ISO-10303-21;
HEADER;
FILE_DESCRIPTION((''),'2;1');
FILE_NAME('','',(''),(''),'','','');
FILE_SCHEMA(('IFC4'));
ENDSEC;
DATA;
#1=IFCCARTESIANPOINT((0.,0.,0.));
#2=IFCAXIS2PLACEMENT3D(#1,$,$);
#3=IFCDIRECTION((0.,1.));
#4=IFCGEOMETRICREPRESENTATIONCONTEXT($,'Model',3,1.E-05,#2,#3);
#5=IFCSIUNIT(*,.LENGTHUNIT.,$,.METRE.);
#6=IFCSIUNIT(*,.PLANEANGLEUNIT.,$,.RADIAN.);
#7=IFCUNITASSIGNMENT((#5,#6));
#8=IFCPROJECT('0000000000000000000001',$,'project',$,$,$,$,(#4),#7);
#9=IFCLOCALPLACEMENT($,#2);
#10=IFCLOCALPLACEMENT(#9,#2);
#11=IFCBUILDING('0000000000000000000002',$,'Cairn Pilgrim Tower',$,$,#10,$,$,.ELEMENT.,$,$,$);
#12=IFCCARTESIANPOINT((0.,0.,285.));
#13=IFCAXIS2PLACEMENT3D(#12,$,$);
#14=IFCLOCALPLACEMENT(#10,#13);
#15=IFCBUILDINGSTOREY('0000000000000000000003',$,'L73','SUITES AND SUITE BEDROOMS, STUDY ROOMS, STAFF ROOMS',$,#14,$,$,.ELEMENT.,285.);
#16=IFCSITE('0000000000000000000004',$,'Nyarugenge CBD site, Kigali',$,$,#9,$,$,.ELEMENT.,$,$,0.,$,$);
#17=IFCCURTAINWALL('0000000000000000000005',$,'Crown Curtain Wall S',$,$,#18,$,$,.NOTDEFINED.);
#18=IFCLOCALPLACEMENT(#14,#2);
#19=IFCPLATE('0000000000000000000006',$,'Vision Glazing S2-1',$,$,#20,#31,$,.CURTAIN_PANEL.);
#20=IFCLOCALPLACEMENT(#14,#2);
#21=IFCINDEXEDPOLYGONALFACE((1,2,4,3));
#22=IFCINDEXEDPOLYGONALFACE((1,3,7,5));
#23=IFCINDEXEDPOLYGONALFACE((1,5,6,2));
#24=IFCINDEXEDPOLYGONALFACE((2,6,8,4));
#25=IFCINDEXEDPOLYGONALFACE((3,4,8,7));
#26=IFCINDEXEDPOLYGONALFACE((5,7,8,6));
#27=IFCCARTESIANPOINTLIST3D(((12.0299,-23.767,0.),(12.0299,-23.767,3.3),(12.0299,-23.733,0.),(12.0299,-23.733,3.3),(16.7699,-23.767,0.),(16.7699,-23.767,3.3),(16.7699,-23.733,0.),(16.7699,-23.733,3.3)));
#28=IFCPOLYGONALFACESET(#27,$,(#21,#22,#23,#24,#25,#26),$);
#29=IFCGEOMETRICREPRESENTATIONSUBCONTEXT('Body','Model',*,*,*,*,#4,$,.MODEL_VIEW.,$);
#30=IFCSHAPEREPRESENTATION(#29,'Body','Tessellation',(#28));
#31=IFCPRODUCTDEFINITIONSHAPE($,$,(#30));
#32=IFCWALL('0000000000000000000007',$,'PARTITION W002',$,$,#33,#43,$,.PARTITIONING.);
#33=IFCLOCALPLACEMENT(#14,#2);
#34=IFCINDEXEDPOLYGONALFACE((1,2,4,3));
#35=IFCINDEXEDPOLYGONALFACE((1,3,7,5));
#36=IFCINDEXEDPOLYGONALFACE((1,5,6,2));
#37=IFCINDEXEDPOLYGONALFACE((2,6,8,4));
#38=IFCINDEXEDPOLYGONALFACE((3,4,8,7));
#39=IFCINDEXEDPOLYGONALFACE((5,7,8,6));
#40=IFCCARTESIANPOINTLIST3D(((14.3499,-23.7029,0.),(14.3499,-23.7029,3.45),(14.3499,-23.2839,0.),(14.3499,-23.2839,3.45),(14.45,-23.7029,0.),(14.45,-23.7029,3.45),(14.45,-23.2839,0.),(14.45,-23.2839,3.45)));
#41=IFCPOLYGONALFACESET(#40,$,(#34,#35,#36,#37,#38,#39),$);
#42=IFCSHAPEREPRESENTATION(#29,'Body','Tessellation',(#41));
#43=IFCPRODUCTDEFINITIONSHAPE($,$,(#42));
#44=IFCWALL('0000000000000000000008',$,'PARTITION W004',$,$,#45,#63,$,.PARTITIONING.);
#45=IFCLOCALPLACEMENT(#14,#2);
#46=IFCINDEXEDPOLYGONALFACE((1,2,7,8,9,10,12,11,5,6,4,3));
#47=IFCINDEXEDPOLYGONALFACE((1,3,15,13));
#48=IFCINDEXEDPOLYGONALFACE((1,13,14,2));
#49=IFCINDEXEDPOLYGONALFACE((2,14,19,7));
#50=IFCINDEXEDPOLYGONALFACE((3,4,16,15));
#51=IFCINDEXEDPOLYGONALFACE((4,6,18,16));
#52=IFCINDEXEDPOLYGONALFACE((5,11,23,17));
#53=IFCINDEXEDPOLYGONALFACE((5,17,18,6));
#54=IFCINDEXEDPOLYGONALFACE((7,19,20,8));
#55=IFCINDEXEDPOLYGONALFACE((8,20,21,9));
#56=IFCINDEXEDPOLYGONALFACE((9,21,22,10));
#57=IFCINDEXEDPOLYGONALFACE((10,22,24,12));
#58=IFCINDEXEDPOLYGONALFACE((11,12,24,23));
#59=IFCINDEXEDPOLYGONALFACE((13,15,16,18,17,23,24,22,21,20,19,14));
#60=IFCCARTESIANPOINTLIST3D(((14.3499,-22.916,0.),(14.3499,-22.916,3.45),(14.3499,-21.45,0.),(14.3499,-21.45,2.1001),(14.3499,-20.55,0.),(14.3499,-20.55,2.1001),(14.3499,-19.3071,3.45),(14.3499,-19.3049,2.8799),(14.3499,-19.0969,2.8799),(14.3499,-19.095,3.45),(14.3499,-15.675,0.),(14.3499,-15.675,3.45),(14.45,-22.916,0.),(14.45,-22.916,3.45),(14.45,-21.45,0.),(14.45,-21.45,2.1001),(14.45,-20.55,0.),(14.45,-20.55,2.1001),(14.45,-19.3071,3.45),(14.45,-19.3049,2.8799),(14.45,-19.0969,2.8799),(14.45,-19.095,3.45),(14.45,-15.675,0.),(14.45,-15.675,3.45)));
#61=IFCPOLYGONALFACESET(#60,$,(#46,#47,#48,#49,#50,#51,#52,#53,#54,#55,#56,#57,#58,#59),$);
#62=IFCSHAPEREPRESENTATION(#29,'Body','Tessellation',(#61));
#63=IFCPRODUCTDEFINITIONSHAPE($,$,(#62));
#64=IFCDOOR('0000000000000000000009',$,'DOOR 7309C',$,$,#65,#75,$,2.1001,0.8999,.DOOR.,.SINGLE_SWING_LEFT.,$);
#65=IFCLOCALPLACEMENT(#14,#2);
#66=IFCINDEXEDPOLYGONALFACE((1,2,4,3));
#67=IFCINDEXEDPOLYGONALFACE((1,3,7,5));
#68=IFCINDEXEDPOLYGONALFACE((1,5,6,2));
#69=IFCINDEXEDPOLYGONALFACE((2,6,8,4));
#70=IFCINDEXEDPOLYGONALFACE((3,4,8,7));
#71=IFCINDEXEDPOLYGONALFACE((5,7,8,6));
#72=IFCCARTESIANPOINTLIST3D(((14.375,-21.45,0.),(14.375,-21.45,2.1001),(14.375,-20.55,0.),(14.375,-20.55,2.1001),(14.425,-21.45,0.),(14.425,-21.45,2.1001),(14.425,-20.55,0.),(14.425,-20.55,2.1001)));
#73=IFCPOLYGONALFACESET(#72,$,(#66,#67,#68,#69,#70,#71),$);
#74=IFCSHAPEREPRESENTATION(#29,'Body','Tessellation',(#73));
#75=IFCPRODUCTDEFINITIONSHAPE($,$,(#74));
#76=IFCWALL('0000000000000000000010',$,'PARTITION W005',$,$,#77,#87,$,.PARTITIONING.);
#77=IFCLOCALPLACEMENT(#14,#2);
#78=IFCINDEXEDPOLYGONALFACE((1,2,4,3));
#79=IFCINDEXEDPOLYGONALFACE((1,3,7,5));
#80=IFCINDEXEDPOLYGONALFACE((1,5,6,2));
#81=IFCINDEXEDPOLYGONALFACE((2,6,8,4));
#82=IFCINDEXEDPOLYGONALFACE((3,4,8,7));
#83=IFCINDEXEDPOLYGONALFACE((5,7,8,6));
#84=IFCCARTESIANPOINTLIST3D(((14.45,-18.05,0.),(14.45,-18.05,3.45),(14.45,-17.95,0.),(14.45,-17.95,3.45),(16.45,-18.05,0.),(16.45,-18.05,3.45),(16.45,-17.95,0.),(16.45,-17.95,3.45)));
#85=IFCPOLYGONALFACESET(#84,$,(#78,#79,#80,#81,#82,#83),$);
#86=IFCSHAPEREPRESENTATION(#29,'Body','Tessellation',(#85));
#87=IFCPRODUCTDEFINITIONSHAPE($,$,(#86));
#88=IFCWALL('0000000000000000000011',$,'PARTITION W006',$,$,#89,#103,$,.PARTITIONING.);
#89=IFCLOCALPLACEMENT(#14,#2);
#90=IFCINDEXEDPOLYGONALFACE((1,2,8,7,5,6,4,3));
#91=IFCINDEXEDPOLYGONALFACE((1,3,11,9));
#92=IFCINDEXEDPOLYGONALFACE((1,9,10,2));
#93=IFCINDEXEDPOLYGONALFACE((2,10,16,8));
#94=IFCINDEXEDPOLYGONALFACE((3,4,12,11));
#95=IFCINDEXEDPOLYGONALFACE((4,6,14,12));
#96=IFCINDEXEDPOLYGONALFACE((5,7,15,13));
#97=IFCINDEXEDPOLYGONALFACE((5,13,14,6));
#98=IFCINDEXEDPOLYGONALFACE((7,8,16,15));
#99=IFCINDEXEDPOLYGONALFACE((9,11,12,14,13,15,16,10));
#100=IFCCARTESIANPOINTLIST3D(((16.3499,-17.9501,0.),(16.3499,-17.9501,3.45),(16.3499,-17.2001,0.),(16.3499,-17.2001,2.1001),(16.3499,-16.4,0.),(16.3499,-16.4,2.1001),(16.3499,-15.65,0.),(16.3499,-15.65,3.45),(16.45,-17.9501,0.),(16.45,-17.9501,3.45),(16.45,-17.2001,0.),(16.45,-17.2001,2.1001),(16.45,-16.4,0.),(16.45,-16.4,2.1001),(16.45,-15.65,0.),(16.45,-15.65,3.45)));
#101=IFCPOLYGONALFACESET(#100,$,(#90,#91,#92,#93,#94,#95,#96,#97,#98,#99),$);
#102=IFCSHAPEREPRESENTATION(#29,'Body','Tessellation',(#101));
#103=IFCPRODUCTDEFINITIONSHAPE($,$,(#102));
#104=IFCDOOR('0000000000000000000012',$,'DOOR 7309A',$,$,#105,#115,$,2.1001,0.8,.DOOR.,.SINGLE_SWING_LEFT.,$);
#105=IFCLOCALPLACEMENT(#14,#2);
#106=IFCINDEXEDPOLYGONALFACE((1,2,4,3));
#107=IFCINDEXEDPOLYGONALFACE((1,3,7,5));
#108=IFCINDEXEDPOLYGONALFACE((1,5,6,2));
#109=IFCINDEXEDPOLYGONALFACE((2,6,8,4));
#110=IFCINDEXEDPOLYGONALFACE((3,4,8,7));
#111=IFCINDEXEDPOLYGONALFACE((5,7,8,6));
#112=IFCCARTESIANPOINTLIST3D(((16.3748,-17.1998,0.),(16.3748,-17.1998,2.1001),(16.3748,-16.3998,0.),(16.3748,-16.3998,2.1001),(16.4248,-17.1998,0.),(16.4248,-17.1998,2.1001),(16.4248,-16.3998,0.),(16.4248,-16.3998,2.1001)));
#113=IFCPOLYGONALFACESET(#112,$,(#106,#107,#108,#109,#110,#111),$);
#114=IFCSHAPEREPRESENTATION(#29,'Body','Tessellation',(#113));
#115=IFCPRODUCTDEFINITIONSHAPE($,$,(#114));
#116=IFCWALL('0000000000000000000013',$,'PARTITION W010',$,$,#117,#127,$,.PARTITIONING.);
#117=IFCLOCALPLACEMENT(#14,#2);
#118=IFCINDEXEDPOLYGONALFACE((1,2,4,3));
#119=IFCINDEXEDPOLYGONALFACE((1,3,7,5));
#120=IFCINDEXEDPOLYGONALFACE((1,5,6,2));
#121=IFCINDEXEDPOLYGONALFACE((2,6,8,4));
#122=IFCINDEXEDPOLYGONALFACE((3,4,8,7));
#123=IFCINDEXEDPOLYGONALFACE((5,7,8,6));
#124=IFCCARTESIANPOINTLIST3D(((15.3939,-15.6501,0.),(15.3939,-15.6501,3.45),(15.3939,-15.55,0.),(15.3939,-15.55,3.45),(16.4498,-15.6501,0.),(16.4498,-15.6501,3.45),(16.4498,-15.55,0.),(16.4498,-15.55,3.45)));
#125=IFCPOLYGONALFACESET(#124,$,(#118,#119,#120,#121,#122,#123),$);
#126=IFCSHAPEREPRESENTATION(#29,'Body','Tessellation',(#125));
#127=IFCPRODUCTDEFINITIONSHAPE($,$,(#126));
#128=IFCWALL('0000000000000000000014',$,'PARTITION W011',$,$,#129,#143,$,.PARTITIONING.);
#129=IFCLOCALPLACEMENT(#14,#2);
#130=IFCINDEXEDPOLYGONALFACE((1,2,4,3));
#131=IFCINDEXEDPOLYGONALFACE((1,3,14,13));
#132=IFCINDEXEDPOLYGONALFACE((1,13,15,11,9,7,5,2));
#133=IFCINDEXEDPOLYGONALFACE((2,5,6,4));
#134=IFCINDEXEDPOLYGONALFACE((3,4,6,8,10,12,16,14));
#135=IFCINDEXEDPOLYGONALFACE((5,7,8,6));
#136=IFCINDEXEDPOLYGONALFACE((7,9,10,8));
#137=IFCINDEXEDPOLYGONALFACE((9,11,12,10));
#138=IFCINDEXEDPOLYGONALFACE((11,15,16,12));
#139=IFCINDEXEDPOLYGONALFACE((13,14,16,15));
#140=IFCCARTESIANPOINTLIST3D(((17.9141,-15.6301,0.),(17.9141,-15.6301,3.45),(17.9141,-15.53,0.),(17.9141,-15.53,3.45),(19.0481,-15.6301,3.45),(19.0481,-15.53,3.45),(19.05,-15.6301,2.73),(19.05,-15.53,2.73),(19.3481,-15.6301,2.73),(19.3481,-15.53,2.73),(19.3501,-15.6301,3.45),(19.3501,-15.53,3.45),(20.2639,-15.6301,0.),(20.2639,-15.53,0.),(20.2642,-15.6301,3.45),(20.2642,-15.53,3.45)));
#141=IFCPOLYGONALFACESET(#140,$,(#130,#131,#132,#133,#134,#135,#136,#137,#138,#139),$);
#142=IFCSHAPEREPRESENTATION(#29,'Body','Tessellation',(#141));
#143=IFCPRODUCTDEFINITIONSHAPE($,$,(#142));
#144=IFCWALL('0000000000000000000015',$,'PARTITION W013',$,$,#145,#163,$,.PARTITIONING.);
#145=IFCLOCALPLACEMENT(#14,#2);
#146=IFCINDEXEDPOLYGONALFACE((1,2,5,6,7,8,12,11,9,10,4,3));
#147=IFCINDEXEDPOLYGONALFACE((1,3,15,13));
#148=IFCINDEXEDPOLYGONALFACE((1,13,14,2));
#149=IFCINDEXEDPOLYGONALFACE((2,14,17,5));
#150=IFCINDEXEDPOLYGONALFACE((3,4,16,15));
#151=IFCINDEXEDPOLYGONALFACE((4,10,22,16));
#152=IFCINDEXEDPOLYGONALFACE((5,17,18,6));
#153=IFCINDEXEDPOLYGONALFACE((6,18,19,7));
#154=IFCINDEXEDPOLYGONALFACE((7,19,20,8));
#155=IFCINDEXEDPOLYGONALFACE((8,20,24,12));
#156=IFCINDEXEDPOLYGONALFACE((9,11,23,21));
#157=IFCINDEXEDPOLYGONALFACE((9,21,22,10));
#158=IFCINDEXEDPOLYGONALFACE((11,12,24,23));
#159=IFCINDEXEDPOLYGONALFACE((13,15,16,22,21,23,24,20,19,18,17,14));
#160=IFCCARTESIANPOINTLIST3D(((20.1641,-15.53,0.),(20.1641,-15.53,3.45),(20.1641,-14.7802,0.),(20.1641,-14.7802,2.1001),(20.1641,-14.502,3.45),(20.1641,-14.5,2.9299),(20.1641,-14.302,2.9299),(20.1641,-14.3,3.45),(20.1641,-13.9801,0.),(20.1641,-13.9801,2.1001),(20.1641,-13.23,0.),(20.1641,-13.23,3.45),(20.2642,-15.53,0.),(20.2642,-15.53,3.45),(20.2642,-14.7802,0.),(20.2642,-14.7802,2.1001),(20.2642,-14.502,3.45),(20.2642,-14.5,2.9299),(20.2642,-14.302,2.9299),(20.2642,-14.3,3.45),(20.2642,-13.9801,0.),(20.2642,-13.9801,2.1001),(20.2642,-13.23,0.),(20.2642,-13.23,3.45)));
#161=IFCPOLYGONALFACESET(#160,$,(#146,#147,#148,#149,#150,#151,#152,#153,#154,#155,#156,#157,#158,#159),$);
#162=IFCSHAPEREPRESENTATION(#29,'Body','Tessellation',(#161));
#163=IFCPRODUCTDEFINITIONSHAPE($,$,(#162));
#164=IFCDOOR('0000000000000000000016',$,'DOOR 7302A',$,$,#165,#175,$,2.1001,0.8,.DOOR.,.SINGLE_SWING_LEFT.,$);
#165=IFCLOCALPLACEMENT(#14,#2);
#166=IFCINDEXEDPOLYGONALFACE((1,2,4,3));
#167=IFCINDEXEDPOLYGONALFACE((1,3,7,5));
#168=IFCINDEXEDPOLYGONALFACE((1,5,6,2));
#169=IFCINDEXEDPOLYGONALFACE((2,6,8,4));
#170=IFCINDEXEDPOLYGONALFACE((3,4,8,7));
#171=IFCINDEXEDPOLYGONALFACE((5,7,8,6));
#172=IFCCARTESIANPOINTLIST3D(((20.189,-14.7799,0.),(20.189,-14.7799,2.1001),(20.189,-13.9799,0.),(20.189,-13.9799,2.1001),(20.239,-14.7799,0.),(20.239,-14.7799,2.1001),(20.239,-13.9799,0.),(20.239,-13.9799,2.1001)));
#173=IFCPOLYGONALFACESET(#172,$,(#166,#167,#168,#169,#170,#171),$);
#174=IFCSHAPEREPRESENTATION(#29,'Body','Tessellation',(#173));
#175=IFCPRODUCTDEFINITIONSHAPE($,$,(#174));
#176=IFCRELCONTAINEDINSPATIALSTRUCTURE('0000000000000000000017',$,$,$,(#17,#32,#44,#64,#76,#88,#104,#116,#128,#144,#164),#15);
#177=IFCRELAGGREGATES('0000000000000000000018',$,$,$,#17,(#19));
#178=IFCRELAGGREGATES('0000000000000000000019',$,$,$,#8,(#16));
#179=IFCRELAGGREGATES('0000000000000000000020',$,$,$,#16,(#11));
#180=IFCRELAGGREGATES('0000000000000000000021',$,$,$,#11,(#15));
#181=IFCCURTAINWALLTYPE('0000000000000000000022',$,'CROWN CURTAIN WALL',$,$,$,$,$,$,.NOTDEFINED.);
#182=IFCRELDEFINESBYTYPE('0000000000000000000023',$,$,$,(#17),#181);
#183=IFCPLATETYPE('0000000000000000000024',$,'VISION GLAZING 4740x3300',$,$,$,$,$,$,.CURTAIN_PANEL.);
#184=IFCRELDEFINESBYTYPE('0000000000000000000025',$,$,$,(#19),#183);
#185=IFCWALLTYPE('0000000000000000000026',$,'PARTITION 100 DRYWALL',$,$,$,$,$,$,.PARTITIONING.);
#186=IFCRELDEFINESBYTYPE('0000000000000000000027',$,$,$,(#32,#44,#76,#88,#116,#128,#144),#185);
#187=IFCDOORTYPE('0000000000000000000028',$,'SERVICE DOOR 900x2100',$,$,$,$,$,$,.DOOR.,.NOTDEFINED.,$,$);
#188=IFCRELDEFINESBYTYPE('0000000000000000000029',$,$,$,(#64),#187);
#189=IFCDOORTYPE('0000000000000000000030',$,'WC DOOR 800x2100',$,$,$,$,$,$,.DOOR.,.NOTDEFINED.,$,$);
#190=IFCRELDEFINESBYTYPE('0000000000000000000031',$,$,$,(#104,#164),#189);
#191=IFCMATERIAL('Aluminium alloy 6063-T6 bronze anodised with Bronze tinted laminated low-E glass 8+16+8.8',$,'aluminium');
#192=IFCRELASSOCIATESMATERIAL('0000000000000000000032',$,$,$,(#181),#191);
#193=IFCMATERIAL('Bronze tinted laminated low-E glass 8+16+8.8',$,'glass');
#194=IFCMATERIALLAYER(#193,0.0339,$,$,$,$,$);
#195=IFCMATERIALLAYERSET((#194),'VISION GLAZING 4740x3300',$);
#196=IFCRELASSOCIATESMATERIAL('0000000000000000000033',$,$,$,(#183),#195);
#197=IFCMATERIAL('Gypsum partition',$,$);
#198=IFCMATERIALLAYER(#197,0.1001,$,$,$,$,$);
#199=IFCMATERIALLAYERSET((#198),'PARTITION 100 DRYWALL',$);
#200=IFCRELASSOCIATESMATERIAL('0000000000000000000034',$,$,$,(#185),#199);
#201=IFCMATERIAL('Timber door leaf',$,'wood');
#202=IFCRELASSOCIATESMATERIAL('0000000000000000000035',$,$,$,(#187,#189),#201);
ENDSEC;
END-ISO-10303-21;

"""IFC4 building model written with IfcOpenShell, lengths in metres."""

from ifc_helpers import new_model, si_unit, direction, frame, frame_2d, origin, origin_2d, place, context, subcontext, project, spatial, polyline, rectangle, outline, extrude, material, layer, layer_set, type_object, element, fill, aggregate, save


model = new_model("IFC4")

# Units and contexts
model_context = context("Model", 3, precision=1e-05, world=origin(), true_north=direction((0.0, 1.0)))
body_context = subcontext(model_context, "Body", "Model", "MODEL_VIEW")
ifc_project = project(units=[si_unit("LENGTHUNIT", "METRE"), si_unit("PLANEANGLEUNIT", "RADIAN")], contexts=[model_context])

# Site, building, storey
site_placement = place(None, origin())
site = spatial("IfcSite", under=ifc_project, at=site_placement, Name="Nyarugenge CBD site, Kigali", CompositionType="ELEMENT", RefElevation=0.0)
building_placement = place(site_placement, origin())
building = spatial("IfcBuilding", under=site, at=building_placement, Name="Cairn Pilgrim Tower", CompositionType="ELEMENT")
storey_placement = place(building_placement, frame((0.0, 0.0, 285.0)))
storey = spatial("IfcBuildingStorey", under=building, at=storey_placement, Name="L73", Description="SUITES AND SUITE BEDROOMS, STUDY ROOMS, STAFF ROOMS", CompositionType="ELEMENT", Elevation=285.0)

# Curtain wall
ifc_material_1 = material(Name="Aluminium alloy 6063-T6 bronze anodised with Bronze tinted laminated low-E glass 8+16+8.8", Category="aluminium")
curtain_wall_type = type_object("IfcCurtainWallType", Name="CROWN CURTAIN WALL", PredefinedType="NOTDEFINED", material=ifc_material_1)
curtain_wall_placement = place(storey_placement, origin())
curtain_wall = element("IfcCurtainWall", 1, at=curtain_wall_placement, inside=storey, type_object=curtain_wall_type, Name="Crown Curtain Wall S", PredefinedType="NOTDEFINED")

# Plate
ifc_material_2 = material(Name="Bronze tinted laminated low-E glass 8+16+8.8", Category="glass")
ifc_layer_1 = layer(ifc_material_2, 0.0339)
ifc_layer_set_1 = layer_set([ifc_layer_1], Name="VISION GLAZING 4740x3300")
plate_type_1 = type_object("IfcPlateType", Name="VISION GLAZING 4740x3300", PredefinedType="CURTAIN_PANEL", material=ifc_layer_set_1)
plate_1_placement = place(storey_placement, frame((14.3999, -23.75, 0.0), z_axis=(0.0, 0.0, 1.0), x_axis=(1.0, 0.0, 0.0)))
plate_1 = element("IfcPlate", 2, at=plate_1_placement, type_object=plate_type_1, Name="Vision Glazing S2-1", PredefinedType="CURTAIN_PANEL", context=body_context, shape_type="SweptSolid", body=[
    extrude(rectangle(XDim=4.74, YDim=0.0339, at=origin_2d()), origin(), (0.0, 0.0, 1.0), 3.3),
])
aggregate(curtain_wall, [plate_1])

# Wall
ifc_material_3 = material(Name="Gypsum partition")
ifc_layer_2 = layer(ifc_material_3, 0.1001)
ifc_layer_set_2 = layer_set([ifc_layer_2], Name="PARTITION 100 DRYWALL")
wall_type_1 = type_object("IfcWallType", Name="PARTITION 100 DRYWALL", PredefinedType="PARTITIONING", material=ifc_layer_set_2)
wall_1_placement = place(storey_placement, frame((14.3999, -23.7029, 0.0), z_axis=(0.0, 0.0, 1.0), x_axis=(0.0, 1.0, 0.0)))
element("IfcWall", 3, at=wall_1_placement, inside=storey, type_object=wall_type_1, Name="PARTITION W002", PredefinedType="PARTITIONING", context=body_context, shape_type="SweptSolid", body=[
    extrude(rectangle(XDim=0.4189, YDim=0.1001, at=frame_2d((0.2095, 0.0))), origin(), (0.0, 0.0, 1.0), 3.45),
])

# Wall, opening, door
wall_2_placement = place(storey_placement, frame((14.3999, -22.916, 0.0), z_axis=(0.0, 0.0, 1.0), x_axis=(0.0, 1.0, 0.0)))
wall_2 = element("IfcWall", 4, at=wall_2_placement, inside=storey, type_object=wall_type_1, Name="PARTITION W004", PredefinedType="PARTITIONING", context=body_context, shape_type="SweptSolid", body=[
    extrude(outline(polyline([(0.0, 0.0), (7.241, 0.0), (7.241, 3.45), (3.821, 3.45), (3.8191, 2.8799), (3.6111, 2.8799), (3.6089, 3.45), (0.0, 3.45), (0.0, 0.0)])), frame((0.0, 0.05, 0.0), z_axis=(0.0, -1.0, 0.0), x_axis=(1.0, 0.0, 0.0)), (0.0, 0.0, 1.0), 0.1001),
])
opening_1_placement = place(wall_2_placement, frame((1.4661, 0.0, 0.0)))
opening_1 = element("IfcOpeningElement", 5, at=opening_1_placement, cuts=wall_2, PredefinedType="OPENING", context=body_context, shape_type="SweptSolid", body=[
    extrude(rectangle(XDim=0.8999, YDim=2.1001, at=frame_2d((0.45, 1.05))), frame((0.0, 0.0601, 0.0), z_axis=(0.0, -1.0, 0.0), x_axis=(1.0, 0.0, 0.0)), (0.0, 0.0, 1.0), 0.1201),
])
ifc_material_4 = material(Name="Timber door leaf", Category="wood")
door_type_1 = type_object("IfcDoorType", Name="SERVICE DOOR 900x2100", OperationType="NOTDEFINED", PredefinedType="DOOR", material=ifc_material_4)
door_1_placement = place(opening_1_placement, origin())
door_1 = element("IfcDoor", 6, at=door_1_placement, inside=storey, type_object=door_type_1, Name="DOOR 7309C", OperationType="SINGLE_SWING_LEFT", OverallHeight=2.1001, OverallWidth=0.8999, PredefinedType="DOOR", context=body_context, shape_type="SweptSolid", body=[
    extrude(rectangle(XDim=0.8999, YDim=2.1001, at=frame_2d((0.45, 1.05))), frame((0.0, 0.0249, 0.0), z_axis=(0.0, -1.0, 0.0), x_axis=(1.0, 0.0, 0.0)), (0.0, 0.0, 1.0), 0.05),
])
fill(opening_1, door_1)

# Wall
wall_3_placement = place(storey_placement, frame((14.45, -18.0, 0.0), z_axis=(0.0, 0.0, 1.0), x_axis=(1.0, 0.0, 0.0)))
element("IfcWall", 7, at=wall_3_placement, inside=storey, type_object=wall_type_1, Name="PARTITION W005", PredefinedType="PARTITIONING", context=body_context, shape_type="SweptSolid", body=[
    extrude(rectangle(XDim=2.0, YDim=0.1001, at=frame_2d((1.0, 0.0))), origin(), (0.0, 0.0, 1.0), 3.45),
])

# Wall, opening, door
wall_4_placement = place(storey_placement, frame((16.3999, -17.95, 0.0), z_axis=(0.0, 0.0, 1.0), x_axis=(0.0, 1.0, 0.0)))
wall_4 = element("IfcWall", 8, at=wall_4_placement, inside=storey, type_object=wall_type_1, Name="PARTITION W006", PredefinedType="PARTITIONING", context=body_context, shape_type="SweptSolid", body=[
    extrude(rectangle(XDim=2.3, YDim=0.1001, at=frame_2d((1.1499, 0.0))), origin(), (0.0, 0.0, 1.0), 3.45),
])
opening_2_placement = place(wall_4_placement, frame((0.75, 0.0, 0.0)))
opening_2 = element("IfcOpeningElement", 9, at=opening_2_placement, cuts=wall_4, PredefinedType="OPENING", context=body_context, shape_type="SweptSolid", body=[
    extrude(rectangle(XDim=0.8, YDim=2.1001, at=frame_2d((0.3999, 1.05))), frame((0.0, 0.0601, 0.0), z_axis=(0.0, -1.0, 0.0), x_axis=(1.0, 0.0, 0.0)), (0.0, 0.0, 1.0), 0.1201),
])
door_type_2 = type_object("IfcDoorType", Name="WC DOOR 800x2100", OperationType="NOTDEFINED", PredefinedType="DOOR", material=ifc_material_4)
door_2_placement = place(opening_2_placement, frame((0.8, 0.0, 0.0), z_axis=(0.0, 0.0, 1.0), x_axis=(-1.0, 0.0, 0.0)))
door_2 = element("IfcDoor", 10, at=door_2_placement, inside=storey, type_object=door_type_2, Name="DOOR 7309A", OperationType="SINGLE_SWING_LEFT", OverallHeight=2.1001, OverallWidth=0.8, PredefinedType="DOOR", context=body_context, shape_type="SweptSolid", body=[
    extrude(rectangle(XDim=0.8, YDim=2.1001, at=frame_2d((0.3999, 1.05))), frame((0.0, 0.0249, 0.0), z_axis=(0.0, -1.0, 0.0), x_axis=(1.0, 0.0, 0.0)), (0.0, 0.0, 1.0), 0.05),
])
fill(opening_2, door_2)

# Walls
wall_5_placement = place(storey_placement, frame((15.394, -15.6001, 0.0), z_axis=(0.0, 0.0, 1.0), x_axis=(1.0, 0.0, 0.0)))
element("IfcWall", 11, at=wall_5_placement, inside=storey, type_object=wall_type_1, Name="PARTITION W010", PredefinedType="PARTITIONING", context=body_context, shape_type="SweptSolid", body=[
    extrude(rectangle(XDim=1.0559, YDim=0.1001, at=frame_2d((0.5278, 0.0))), origin(), (0.0, 0.0, 1.0), 3.45),
])
wall_6_placement = place(storey_placement, frame((17.9141, -15.5801, 0.0), z_axis=(0.0, 0.0, 1.0), x_axis=(1.0, 0.0, 0.0)))
element("IfcWall", 12, at=wall_6_placement, inside=storey, type_object=wall_type_1, Name="PARTITION W011", PredefinedType="PARTITIONING", context=body_context, shape_type="SweptSolid", body=[
    extrude(outline(polyline([(0.0, 0.0), (2.3499, 0.0), (2.3501, 3.45), (1.436, 3.45), (1.4341, 2.73), (1.136, 2.73), (1.134, 3.45), (0.0, 3.45), (0.0, 0.0)])), frame((0.0, 0.05, 0.0), z_axis=(0.0, -1.0, 0.0), x_axis=(1.0, 0.0, 0.0)), (0.0, 0.0, 1.0), 0.1001),
])

# Wall, opening, door
wall_7_placement = place(storey_placement, frame((20.2141, -15.53, 0.0), z_axis=(0.0, 0.0, 1.0), x_axis=(0.0, 1.0, 0.0)))
wall_7 = element("IfcWall", 13, at=wall_7_placement, inside=storey, type_object=wall_type_1, Name="PARTITION W013", PredefinedType="PARTITIONING", context=body_context, shape_type="SweptSolid", body=[
    extrude(outline(polyline([(0.0, 0.0), (2.3, 0.0), (2.3, 3.45), (1.23, 3.45), (1.228, 2.9299), (1.03, 2.9299), (1.0281, 3.45), (0.0, 3.45), (0.0, 0.0)])), frame((0.0, 0.05, 0.0), z_axis=(0.0, -1.0, 0.0), x_axis=(1.0, 0.0, 0.0)), (0.0, 0.0, 1.0), 0.1001),
])
opening_3_placement = place(wall_7_placement, frame((0.75, 0.0, 0.0)))
opening_3 = element("IfcOpeningElement", 14, at=opening_3_placement, cuts=wall_7, PredefinedType="OPENING", context=body_context, shape_type="SweptSolid", body=[
    extrude(rectangle(XDim=0.8, YDim=2.1001, at=frame_2d((0.3999, 1.05))), frame((0.0, 0.0601, 0.0), z_axis=(0.0, -1.0, 0.0), x_axis=(1.0, 0.0, 0.0)), (0.0, 0.0, 1.0), 0.1201),
])
door_3_placement = place(opening_3_placement, frame((0.8, 0.0, 0.0), z_axis=(0.0, 0.0, 1.0), x_axis=(-1.0, 0.0, 0.0)))
door_3 = element("IfcDoor", 15, at=door_3_placement, inside=storey, type_object=door_type_2, Name="DOOR 7302A", OperationType="SINGLE_SWING_LEFT", OverallHeight=2.1001, OverallWidth=0.8, PredefinedType="DOOR", context=body_context, shape_type="SweptSolid", body=[
    extrude(rectangle(XDim=0.8, YDim=2.1001, at=frame_2d((0.3999, 1.05))), frame((0.0, 0.0249, 0.0), z_axis=(0.0, -1.0, 0.0), x_axis=(1.0, 0.0, 0.0)), (0.0, 0.0, 1.0), 0.05),
])
fill(opening_3, door_3)

save(model, "model.ifc")
